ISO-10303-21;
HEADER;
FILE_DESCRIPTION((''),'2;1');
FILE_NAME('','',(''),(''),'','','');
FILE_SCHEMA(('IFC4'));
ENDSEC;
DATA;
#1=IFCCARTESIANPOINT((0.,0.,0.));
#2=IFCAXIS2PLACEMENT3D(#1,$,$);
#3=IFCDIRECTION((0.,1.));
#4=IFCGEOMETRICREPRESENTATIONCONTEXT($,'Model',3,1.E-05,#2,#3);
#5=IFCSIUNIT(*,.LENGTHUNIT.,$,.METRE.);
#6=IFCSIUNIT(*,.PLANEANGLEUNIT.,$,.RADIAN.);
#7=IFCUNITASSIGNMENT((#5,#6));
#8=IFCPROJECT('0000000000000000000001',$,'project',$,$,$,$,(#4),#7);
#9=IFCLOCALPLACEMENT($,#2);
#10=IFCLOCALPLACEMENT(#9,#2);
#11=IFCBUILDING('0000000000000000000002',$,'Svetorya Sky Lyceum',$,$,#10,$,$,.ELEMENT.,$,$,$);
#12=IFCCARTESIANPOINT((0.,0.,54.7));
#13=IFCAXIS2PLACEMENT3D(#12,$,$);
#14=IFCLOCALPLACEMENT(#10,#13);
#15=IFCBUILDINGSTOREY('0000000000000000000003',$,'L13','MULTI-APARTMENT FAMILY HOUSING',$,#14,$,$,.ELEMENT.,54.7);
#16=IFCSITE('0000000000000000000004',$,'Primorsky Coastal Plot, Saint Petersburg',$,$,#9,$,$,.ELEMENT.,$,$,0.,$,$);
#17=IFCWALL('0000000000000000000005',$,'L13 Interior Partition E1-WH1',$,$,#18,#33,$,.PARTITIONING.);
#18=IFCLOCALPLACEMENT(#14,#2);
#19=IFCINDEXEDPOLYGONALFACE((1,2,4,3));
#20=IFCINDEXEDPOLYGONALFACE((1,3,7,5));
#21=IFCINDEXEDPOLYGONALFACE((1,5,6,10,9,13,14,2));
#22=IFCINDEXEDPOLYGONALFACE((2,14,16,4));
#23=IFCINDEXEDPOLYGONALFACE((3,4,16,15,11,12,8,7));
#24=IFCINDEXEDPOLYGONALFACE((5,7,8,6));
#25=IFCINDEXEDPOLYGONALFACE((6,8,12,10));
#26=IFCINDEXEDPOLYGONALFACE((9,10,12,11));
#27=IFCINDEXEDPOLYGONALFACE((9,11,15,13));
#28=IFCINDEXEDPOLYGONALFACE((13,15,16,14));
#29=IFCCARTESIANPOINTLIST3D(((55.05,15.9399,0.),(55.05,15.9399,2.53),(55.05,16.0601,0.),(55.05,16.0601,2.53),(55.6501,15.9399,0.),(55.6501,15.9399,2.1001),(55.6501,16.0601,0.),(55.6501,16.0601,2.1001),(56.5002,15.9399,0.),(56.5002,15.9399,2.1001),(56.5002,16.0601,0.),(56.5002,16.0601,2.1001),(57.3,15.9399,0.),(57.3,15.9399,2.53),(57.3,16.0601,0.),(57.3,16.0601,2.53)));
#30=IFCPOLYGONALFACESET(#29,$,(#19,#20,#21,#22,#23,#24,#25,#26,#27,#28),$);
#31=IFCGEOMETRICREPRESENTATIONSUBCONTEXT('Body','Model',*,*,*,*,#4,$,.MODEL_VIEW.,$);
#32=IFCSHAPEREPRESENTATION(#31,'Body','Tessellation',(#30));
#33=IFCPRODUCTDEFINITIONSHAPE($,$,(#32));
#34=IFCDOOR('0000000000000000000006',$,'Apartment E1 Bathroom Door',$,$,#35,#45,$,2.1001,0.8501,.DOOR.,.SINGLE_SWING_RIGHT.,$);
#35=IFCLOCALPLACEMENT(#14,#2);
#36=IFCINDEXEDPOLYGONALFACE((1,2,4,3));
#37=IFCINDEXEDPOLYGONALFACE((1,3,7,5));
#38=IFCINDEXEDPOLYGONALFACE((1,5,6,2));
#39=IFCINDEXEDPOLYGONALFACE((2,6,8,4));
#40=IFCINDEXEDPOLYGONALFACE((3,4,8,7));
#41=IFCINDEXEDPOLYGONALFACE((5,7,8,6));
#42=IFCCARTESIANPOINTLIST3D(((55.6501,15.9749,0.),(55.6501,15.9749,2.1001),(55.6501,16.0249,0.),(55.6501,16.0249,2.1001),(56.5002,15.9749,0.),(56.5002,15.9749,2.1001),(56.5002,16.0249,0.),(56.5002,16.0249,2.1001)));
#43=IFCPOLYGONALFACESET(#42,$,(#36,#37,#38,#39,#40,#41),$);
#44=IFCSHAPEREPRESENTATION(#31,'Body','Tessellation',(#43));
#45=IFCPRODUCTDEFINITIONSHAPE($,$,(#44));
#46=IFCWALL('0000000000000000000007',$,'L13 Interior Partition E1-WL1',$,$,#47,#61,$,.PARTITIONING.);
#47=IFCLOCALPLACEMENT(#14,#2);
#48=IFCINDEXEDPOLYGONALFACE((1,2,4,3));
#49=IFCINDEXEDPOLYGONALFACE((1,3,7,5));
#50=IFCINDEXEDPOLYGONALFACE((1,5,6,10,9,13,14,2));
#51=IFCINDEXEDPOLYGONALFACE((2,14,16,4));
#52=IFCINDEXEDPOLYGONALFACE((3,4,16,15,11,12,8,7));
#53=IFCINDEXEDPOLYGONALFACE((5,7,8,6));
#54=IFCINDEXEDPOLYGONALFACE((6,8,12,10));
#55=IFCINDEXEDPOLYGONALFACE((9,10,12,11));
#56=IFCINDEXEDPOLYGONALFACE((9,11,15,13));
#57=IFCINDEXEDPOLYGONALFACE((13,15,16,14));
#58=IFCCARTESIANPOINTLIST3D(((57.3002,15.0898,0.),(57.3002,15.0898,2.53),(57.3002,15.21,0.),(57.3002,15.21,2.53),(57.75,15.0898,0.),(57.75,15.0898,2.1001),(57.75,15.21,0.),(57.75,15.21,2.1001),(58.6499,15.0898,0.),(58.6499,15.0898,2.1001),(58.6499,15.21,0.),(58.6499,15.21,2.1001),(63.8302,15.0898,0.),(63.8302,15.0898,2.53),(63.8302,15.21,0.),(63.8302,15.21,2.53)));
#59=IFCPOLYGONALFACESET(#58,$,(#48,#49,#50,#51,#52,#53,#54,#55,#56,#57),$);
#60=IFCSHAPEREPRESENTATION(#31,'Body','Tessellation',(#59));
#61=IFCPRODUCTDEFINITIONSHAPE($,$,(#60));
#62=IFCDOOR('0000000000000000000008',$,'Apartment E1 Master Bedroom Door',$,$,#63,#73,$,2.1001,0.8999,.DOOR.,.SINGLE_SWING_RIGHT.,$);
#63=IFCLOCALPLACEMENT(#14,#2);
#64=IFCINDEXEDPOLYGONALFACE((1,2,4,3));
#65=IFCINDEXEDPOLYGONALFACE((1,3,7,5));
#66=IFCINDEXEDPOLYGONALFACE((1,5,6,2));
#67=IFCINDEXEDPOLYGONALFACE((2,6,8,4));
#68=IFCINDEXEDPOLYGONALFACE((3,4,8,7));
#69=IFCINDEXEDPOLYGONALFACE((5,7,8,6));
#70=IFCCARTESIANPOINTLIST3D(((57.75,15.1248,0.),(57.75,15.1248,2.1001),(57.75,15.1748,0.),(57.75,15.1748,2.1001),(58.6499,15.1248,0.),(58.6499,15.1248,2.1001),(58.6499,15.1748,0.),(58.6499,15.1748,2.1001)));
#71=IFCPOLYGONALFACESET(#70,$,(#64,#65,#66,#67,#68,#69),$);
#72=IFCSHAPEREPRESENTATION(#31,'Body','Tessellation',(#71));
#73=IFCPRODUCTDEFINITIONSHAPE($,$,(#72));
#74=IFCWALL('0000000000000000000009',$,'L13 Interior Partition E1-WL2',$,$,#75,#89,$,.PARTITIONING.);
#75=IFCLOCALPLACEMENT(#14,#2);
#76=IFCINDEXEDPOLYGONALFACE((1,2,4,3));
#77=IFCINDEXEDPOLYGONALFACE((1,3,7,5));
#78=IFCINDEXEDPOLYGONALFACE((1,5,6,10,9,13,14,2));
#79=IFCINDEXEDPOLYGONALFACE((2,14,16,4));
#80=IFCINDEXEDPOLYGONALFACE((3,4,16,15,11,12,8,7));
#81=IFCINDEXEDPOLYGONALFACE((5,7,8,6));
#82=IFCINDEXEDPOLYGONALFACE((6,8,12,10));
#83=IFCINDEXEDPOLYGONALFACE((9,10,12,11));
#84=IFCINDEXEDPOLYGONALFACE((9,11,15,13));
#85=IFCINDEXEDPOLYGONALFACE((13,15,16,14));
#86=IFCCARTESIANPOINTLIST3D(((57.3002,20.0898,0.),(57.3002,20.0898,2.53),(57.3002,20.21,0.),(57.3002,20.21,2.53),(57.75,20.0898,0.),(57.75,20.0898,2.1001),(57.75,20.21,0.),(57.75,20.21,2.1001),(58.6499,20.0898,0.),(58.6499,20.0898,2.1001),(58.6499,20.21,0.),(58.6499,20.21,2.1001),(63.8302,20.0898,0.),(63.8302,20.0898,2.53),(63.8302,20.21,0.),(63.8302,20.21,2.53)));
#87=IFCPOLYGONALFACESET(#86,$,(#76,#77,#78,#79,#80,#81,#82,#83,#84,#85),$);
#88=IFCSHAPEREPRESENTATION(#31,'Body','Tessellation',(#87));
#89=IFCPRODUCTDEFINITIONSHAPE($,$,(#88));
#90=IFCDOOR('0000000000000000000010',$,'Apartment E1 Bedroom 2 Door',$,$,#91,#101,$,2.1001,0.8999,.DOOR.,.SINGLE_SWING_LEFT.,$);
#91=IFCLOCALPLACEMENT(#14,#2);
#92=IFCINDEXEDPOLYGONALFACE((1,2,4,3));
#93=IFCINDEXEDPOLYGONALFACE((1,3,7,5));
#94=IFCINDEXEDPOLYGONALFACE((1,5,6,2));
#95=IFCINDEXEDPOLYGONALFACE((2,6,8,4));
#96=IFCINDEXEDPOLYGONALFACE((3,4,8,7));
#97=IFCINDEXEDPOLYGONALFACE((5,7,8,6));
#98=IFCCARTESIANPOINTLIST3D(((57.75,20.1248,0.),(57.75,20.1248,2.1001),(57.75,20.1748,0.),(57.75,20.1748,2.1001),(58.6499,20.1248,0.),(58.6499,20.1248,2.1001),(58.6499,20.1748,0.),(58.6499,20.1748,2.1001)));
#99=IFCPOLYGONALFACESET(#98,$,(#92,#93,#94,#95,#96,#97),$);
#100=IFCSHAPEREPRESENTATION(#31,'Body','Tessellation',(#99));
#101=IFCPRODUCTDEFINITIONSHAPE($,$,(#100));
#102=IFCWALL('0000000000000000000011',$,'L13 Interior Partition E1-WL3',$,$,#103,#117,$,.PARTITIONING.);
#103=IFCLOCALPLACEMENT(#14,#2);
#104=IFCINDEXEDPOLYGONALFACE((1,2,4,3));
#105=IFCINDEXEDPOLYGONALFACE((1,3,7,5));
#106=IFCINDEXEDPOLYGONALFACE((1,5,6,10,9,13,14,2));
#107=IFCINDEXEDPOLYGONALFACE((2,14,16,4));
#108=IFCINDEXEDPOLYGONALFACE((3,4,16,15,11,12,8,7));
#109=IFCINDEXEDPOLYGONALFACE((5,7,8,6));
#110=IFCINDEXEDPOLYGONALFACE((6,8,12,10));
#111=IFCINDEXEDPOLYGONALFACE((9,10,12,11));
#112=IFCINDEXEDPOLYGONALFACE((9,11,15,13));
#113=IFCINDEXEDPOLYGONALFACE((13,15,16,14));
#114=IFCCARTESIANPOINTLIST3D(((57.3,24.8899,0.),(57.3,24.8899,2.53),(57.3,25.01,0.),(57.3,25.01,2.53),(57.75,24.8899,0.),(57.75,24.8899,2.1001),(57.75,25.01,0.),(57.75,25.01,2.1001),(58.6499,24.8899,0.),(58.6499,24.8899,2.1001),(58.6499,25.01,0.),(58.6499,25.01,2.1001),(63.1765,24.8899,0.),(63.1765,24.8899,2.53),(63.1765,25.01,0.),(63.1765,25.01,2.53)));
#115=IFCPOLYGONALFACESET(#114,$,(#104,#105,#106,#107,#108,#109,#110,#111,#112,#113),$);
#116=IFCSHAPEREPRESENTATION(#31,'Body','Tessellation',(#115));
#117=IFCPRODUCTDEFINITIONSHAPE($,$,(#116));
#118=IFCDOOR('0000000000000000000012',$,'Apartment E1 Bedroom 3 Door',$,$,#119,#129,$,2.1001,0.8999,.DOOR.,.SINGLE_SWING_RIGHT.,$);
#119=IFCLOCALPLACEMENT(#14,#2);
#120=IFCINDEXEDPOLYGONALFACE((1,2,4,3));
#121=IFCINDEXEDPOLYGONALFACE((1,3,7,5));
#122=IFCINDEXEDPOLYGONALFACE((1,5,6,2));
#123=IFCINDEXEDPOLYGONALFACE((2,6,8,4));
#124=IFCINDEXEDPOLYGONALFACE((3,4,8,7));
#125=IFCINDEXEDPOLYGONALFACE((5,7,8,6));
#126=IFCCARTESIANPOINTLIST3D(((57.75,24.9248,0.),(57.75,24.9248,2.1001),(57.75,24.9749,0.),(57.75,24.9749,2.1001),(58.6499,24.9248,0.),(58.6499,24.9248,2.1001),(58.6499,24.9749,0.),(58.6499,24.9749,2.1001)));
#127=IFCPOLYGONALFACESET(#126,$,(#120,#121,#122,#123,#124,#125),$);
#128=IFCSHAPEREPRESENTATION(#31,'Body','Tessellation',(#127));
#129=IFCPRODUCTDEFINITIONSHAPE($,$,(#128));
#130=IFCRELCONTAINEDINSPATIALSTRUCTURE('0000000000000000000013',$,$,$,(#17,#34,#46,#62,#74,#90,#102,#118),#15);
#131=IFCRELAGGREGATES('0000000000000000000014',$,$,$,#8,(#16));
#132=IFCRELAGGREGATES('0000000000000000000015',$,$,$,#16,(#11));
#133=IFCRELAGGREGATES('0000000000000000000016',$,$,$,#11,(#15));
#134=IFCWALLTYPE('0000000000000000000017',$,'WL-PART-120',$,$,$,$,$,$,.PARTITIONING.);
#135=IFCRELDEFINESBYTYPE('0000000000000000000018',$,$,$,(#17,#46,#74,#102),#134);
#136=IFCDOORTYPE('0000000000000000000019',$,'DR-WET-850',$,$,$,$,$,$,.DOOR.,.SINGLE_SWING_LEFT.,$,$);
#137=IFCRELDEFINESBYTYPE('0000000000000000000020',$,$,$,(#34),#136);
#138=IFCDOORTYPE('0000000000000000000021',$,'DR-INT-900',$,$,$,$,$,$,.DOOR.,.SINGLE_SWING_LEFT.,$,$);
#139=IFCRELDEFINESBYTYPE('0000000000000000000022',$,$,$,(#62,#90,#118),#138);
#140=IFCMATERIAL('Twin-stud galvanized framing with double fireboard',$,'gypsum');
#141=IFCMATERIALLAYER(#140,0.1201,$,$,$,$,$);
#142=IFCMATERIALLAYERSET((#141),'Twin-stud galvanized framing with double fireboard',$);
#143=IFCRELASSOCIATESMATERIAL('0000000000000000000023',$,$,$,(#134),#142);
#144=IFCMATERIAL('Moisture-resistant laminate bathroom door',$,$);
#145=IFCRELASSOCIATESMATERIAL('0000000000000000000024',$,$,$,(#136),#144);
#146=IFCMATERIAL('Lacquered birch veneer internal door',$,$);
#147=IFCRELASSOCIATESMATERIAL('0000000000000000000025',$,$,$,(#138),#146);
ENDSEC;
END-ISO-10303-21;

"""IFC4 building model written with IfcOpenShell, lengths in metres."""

from ifc_helpers import new_model, si_unit, direction, frame, frame_2d, origin, place, context, subcontext, project, spatial, rectangle, extrude, material, layer, layer_set, type_object, element, fill, save


model = new_model("IFC4")

# Units and contexts
model_context = context("Model", 3, precision=1e-05, world=origin(), true_north=direction((0.0, 1.0)))
body_context = subcontext(model_context, "Body", "Model", "MODEL_VIEW")
ifc_project = project(units=[si_unit("LENGTHUNIT", "METRE"), si_unit("PLANEANGLEUNIT", "RADIAN")], contexts=[model_context])

# Site, building, storey
site_placement = place(None, origin())
site = spatial("IfcSite", under=ifc_project, at=site_placement, Name="Primorsky Coastal Plot, Saint Petersburg", CompositionType="ELEMENT", RefElevation=0.0)
building_placement = place(site_placement, origin())
building = spatial("IfcBuilding", under=site, at=building_placement, Name="Svetorya Sky Lyceum", CompositionType="ELEMENT")
storey_placement = place(building_placement, frame((0.0, 0.0, 54.7)))
storey = spatial("IfcBuildingStorey", under=building, at=storey_placement, Name="L13", Description="MULTI-APARTMENT FAMILY HOUSING", CompositionType="ELEMENT", Elevation=54.7)

# Walls, openings, doors
ifc_material_1 = material(Name="Twin-stud galvanized framing with double fireboard", Category="gypsum")
ifc_layer_1 = layer(ifc_material_1, 0.1201)
ifc_layer_set_1 = layer_set([ifc_layer_1], Name="Twin-stud galvanized framing with double fireboard")
wall_type_1 = type_object("IfcWallType", Name="WL-PART-120", PredefinedType="PARTITIONING", material=ifc_layer_set_1)
wall_1_placement = place(storey_placement, frame((55.05, 16.0, 0.0), z_axis=(0.0, 0.0, 1.0), x_axis=(1.0, 0.0, 0.0)))
wall_1 = element("IfcWall", 1, at=wall_1_placement, inside=storey, type_object=wall_type_1, Name="L13 Interior Partition E1-WH1", PredefinedType="PARTITIONING", context=body_context, shape_type="SweptSolid", body=[
    extrude(rectangle(XDim=2.25, YDim=0.1201, at=frame_2d((1.125, 0.0))), origin(), (0.0, 0.0, 1.0), 2.53),
])
opening_1_placement = place(wall_1_placement, frame((0.6001, 0.0, 0.0)))
opening_1 = element("IfcOpeningElement", 2, at=opening_1_placement, cuts=wall_1, PredefinedType="OPENING", context=body_context, shape_type="SweptSolid", body=[
    extrude(rectangle(XDim=0.8501, YDim=2.1001, at=frame_2d((0.425, 1.05))), frame((0.0, 0.0701, 0.0), z_axis=(0.0, -1.0, 0.0), x_axis=(1.0, 0.0, 0.0)), (0.0, 0.0, 1.0), 0.1401),
])
ifc_material_2 = material(Name="Moisture-resistant laminate bathroom door")
door_type_1 = type_object("IfcDoorType", Name="DR-WET-850", OperationType="SINGLE_SWING_LEFT", PredefinedType="DOOR", material=ifc_material_2)
door_1_placement = place(opening_1_placement, origin())
door_1 = element("IfcDoor", 3, at=door_1_placement, inside=storey, type_object=door_type_1, Name="Apartment E1 Bathroom Door", OperationType="SINGLE_SWING_RIGHT", OverallHeight=2.1001, OverallWidth=0.8501, PredefinedType="DOOR", context=body_context, shape_type="SweptSolid", body=[
    extrude(rectangle(XDim=0.8501, YDim=2.1001, at=frame_2d((0.425, 1.05))), frame((0.0, 0.0249, 0.0), z_axis=(0.0, -1.0, 0.0), x_axis=(1.0, 0.0, 0.0)), (0.0, 0.0, 1.0), 0.05),
])
fill(opening_1, door_1)
wall_2_placement = place(storey_placement, frame((57.3, 15.1499, 0.0), z_axis=(0.0, 0.0, 1.0), x_axis=(1.0, 0.0, 0.0)))
wall_2 = element("IfcWall", 4, at=wall_2_placement, inside=storey, type_object=wall_type_1, Name="L13 Interior Partition E1-WL1", PredefinedType="PARTITIONING", context=body_context, shape_type="SweptSolid", body=[
    extrude(rectangle(XDim=6.53, YDim=0.1201, at=frame_2d((3.2651, 0.0))), origin(), (0.0, 0.0, 1.0), 2.53),
])
opening_2_placement = place(wall_2_placement, frame((0.45, 0.0, 0.0)))
opening_2 = element("IfcOpeningElement", 5, at=opening_2_placement, cuts=wall_2, PredefinedType="OPENING", context=body_context, shape_type="SweptSolid", body=[
    extrude(rectangle(XDim=0.8999, YDim=2.1001, at=frame_2d((0.45, 1.05))), frame((0.0, 0.0701, 0.0), z_axis=(0.0, -1.0, 0.0), x_axis=(1.0, 0.0, 0.0)), (0.0, 0.0, 1.0), 0.1401),
])
ifc_material_3 = material(Name="Lacquered birch veneer internal door")
door_type_2 = type_object("IfcDoorType", Name="DR-INT-900", OperationType="SINGLE_SWING_LEFT", PredefinedType="DOOR", material=ifc_material_3)
door_2_placement = place(opening_2_placement, origin())
door_2 = element("IfcDoor", 6, at=door_2_placement, inside=storey, type_object=door_type_2, Name="Apartment E1 Master Bedroom Door", OperationType="SINGLE_SWING_RIGHT", OverallHeight=2.1001, OverallWidth=0.8999, PredefinedType="DOOR", context=body_context, shape_type="SweptSolid", body=[
    extrude(rectangle(XDim=0.8999, YDim=2.1001, at=frame_2d((0.45, 1.05))), frame((0.0, 0.0249, 0.0), z_axis=(0.0, -1.0, 0.0), x_axis=(1.0, 0.0, 0.0)), (0.0, 0.0, 1.0), 0.05),
])
fill(opening_2, door_2)
wall_3_placement = place(storey_placement, frame((57.3, 20.1499, 0.0), z_axis=(0.0, 0.0, 1.0), x_axis=(1.0, 0.0, 0.0)))
wall_3 = element("IfcWall", 7, at=wall_3_placement, inside=storey, type_object=wall_type_1, Name="L13 Interior Partition E1-WL2", PredefinedType="PARTITIONING", context=body_context, shape_type="SweptSolid", body=[
    extrude(rectangle(XDim=6.53, YDim=0.1201, at=frame_2d((3.2651, 0.0))), origin(), (0.0, 0.0, 1.0), 2.53),
])
opening_3_placement = place(wall_3_placement, frame((0.45, 0.0, 0.0)))
opening_3 = element("IfcOpeningElement", 8, at=opening_3_placement, cuts=wall_3, PredefinedType="OPENING", context=body_context, shape_type="SweptSolid", body=[
    extrude(rectangle(XDim=0.8999, YDim=2.1001, at=frame_2d((0.45, 1.05))), frame((0.0, 0.0701, 0.0), z_axis=(0.0, -1.0, 0.0), x_axis=(1.0, 0.0, 0.0)), (0.0, 0.0, 1.0), 0.1401),
])
door_3_placement = place(opening_3_placement, origin())
door_3 = element("IfcDoor", 9, at=door_3_placement, inside=storey, type_object=door_type_2, Name="Apartment E1 Bedroom 2 Door", OperationType="SINGLE_SWING_LEFT", OverallHeight=2.1001, OverallWidth=0.8999, PredefinedType="DOOR", context=body_context, shape_type="SweptSolid", body=[
    extrude(rectangle(XDim=0.8999, YDim=2.1001, at=frame_2d((0.45, 1.05))), frame((0.0, 0.0249, 0.0), z_axis=(0.0, -1.0, 0.0), x_axis=(1.0, 0.0, 0.0)), (0.0, 0.0, 1.0), 0.05),
])
fill(opening_3, door_3)
wall_4_placement = place(storey_placement, frame((57.3, 24.95, 0.0), z_axis=(0.0, 0.0, 1.0), x_axis=(1.0, 0.0, 0.0)))
wall_4 = element("IfcWall", 10, at=wall_4_placement, inside=storey, type_object=wall_type_1, Name="L13 Interior Partition E1-WL3", PredefinedType="PARTITIONING", context=body_context, shape_type="SweptSolid", body=[
    extrude(rectangle(XDim=5.8765, YDim=0.1201, at=frame_2d((2.9382, 0.0))), origin(), (0.0, 0.0, 1.0), 2.53),
])
opening_4_placement = place(wall_4_placement, frame((0.45, 0.0, 0.0)))
opening_4 = element("IfcOpeningElement", 11, at=opening_4_placement, cuts=wall_4, PredefinedType="OPENING", context=body_context, shape_type="SweptSolid", body=[
    extrude(rectangle(XDim=0.8999, YDim=2.1001, at=frame_2d((0.45, 1.05))), frame((0.0, 0.0701, 0.0), z_axis=(0.0, -1.0, 0.0), x_axis=(1.0, 0.0, 0.0)), (0.0, 0.0, 1.0), 0.1401),
])
door_4_placement = place(opening_4_placement, origin())
door_4 = element("IfcDoor", 12, at=door_4_placement, inside=storey, type_object=door_type_2, Name="Apartment E1 Bedroom 3 Door", OperationType="SINGLE_SWING_RIGHT", OverallHeight=2.1001, OverallWidth=0.8999, PredefinedType="DOOR", context=body_context, shape_type="SweptSolid", body=[
    extrude(rectangle(XDim=0.8999, YDim=2.1001, at=frame_2d((0.45, 1.05))), frame((0.0, 0.0249, 0.0), z_axis=(0.0, -1.0, 0.0), x_axis=(1.0, 0.0, 0.0)), (0.0, 0.0, 1.0), 0.05),
])
fill(opening_4, door_4)

save(model, "model.ifc")
